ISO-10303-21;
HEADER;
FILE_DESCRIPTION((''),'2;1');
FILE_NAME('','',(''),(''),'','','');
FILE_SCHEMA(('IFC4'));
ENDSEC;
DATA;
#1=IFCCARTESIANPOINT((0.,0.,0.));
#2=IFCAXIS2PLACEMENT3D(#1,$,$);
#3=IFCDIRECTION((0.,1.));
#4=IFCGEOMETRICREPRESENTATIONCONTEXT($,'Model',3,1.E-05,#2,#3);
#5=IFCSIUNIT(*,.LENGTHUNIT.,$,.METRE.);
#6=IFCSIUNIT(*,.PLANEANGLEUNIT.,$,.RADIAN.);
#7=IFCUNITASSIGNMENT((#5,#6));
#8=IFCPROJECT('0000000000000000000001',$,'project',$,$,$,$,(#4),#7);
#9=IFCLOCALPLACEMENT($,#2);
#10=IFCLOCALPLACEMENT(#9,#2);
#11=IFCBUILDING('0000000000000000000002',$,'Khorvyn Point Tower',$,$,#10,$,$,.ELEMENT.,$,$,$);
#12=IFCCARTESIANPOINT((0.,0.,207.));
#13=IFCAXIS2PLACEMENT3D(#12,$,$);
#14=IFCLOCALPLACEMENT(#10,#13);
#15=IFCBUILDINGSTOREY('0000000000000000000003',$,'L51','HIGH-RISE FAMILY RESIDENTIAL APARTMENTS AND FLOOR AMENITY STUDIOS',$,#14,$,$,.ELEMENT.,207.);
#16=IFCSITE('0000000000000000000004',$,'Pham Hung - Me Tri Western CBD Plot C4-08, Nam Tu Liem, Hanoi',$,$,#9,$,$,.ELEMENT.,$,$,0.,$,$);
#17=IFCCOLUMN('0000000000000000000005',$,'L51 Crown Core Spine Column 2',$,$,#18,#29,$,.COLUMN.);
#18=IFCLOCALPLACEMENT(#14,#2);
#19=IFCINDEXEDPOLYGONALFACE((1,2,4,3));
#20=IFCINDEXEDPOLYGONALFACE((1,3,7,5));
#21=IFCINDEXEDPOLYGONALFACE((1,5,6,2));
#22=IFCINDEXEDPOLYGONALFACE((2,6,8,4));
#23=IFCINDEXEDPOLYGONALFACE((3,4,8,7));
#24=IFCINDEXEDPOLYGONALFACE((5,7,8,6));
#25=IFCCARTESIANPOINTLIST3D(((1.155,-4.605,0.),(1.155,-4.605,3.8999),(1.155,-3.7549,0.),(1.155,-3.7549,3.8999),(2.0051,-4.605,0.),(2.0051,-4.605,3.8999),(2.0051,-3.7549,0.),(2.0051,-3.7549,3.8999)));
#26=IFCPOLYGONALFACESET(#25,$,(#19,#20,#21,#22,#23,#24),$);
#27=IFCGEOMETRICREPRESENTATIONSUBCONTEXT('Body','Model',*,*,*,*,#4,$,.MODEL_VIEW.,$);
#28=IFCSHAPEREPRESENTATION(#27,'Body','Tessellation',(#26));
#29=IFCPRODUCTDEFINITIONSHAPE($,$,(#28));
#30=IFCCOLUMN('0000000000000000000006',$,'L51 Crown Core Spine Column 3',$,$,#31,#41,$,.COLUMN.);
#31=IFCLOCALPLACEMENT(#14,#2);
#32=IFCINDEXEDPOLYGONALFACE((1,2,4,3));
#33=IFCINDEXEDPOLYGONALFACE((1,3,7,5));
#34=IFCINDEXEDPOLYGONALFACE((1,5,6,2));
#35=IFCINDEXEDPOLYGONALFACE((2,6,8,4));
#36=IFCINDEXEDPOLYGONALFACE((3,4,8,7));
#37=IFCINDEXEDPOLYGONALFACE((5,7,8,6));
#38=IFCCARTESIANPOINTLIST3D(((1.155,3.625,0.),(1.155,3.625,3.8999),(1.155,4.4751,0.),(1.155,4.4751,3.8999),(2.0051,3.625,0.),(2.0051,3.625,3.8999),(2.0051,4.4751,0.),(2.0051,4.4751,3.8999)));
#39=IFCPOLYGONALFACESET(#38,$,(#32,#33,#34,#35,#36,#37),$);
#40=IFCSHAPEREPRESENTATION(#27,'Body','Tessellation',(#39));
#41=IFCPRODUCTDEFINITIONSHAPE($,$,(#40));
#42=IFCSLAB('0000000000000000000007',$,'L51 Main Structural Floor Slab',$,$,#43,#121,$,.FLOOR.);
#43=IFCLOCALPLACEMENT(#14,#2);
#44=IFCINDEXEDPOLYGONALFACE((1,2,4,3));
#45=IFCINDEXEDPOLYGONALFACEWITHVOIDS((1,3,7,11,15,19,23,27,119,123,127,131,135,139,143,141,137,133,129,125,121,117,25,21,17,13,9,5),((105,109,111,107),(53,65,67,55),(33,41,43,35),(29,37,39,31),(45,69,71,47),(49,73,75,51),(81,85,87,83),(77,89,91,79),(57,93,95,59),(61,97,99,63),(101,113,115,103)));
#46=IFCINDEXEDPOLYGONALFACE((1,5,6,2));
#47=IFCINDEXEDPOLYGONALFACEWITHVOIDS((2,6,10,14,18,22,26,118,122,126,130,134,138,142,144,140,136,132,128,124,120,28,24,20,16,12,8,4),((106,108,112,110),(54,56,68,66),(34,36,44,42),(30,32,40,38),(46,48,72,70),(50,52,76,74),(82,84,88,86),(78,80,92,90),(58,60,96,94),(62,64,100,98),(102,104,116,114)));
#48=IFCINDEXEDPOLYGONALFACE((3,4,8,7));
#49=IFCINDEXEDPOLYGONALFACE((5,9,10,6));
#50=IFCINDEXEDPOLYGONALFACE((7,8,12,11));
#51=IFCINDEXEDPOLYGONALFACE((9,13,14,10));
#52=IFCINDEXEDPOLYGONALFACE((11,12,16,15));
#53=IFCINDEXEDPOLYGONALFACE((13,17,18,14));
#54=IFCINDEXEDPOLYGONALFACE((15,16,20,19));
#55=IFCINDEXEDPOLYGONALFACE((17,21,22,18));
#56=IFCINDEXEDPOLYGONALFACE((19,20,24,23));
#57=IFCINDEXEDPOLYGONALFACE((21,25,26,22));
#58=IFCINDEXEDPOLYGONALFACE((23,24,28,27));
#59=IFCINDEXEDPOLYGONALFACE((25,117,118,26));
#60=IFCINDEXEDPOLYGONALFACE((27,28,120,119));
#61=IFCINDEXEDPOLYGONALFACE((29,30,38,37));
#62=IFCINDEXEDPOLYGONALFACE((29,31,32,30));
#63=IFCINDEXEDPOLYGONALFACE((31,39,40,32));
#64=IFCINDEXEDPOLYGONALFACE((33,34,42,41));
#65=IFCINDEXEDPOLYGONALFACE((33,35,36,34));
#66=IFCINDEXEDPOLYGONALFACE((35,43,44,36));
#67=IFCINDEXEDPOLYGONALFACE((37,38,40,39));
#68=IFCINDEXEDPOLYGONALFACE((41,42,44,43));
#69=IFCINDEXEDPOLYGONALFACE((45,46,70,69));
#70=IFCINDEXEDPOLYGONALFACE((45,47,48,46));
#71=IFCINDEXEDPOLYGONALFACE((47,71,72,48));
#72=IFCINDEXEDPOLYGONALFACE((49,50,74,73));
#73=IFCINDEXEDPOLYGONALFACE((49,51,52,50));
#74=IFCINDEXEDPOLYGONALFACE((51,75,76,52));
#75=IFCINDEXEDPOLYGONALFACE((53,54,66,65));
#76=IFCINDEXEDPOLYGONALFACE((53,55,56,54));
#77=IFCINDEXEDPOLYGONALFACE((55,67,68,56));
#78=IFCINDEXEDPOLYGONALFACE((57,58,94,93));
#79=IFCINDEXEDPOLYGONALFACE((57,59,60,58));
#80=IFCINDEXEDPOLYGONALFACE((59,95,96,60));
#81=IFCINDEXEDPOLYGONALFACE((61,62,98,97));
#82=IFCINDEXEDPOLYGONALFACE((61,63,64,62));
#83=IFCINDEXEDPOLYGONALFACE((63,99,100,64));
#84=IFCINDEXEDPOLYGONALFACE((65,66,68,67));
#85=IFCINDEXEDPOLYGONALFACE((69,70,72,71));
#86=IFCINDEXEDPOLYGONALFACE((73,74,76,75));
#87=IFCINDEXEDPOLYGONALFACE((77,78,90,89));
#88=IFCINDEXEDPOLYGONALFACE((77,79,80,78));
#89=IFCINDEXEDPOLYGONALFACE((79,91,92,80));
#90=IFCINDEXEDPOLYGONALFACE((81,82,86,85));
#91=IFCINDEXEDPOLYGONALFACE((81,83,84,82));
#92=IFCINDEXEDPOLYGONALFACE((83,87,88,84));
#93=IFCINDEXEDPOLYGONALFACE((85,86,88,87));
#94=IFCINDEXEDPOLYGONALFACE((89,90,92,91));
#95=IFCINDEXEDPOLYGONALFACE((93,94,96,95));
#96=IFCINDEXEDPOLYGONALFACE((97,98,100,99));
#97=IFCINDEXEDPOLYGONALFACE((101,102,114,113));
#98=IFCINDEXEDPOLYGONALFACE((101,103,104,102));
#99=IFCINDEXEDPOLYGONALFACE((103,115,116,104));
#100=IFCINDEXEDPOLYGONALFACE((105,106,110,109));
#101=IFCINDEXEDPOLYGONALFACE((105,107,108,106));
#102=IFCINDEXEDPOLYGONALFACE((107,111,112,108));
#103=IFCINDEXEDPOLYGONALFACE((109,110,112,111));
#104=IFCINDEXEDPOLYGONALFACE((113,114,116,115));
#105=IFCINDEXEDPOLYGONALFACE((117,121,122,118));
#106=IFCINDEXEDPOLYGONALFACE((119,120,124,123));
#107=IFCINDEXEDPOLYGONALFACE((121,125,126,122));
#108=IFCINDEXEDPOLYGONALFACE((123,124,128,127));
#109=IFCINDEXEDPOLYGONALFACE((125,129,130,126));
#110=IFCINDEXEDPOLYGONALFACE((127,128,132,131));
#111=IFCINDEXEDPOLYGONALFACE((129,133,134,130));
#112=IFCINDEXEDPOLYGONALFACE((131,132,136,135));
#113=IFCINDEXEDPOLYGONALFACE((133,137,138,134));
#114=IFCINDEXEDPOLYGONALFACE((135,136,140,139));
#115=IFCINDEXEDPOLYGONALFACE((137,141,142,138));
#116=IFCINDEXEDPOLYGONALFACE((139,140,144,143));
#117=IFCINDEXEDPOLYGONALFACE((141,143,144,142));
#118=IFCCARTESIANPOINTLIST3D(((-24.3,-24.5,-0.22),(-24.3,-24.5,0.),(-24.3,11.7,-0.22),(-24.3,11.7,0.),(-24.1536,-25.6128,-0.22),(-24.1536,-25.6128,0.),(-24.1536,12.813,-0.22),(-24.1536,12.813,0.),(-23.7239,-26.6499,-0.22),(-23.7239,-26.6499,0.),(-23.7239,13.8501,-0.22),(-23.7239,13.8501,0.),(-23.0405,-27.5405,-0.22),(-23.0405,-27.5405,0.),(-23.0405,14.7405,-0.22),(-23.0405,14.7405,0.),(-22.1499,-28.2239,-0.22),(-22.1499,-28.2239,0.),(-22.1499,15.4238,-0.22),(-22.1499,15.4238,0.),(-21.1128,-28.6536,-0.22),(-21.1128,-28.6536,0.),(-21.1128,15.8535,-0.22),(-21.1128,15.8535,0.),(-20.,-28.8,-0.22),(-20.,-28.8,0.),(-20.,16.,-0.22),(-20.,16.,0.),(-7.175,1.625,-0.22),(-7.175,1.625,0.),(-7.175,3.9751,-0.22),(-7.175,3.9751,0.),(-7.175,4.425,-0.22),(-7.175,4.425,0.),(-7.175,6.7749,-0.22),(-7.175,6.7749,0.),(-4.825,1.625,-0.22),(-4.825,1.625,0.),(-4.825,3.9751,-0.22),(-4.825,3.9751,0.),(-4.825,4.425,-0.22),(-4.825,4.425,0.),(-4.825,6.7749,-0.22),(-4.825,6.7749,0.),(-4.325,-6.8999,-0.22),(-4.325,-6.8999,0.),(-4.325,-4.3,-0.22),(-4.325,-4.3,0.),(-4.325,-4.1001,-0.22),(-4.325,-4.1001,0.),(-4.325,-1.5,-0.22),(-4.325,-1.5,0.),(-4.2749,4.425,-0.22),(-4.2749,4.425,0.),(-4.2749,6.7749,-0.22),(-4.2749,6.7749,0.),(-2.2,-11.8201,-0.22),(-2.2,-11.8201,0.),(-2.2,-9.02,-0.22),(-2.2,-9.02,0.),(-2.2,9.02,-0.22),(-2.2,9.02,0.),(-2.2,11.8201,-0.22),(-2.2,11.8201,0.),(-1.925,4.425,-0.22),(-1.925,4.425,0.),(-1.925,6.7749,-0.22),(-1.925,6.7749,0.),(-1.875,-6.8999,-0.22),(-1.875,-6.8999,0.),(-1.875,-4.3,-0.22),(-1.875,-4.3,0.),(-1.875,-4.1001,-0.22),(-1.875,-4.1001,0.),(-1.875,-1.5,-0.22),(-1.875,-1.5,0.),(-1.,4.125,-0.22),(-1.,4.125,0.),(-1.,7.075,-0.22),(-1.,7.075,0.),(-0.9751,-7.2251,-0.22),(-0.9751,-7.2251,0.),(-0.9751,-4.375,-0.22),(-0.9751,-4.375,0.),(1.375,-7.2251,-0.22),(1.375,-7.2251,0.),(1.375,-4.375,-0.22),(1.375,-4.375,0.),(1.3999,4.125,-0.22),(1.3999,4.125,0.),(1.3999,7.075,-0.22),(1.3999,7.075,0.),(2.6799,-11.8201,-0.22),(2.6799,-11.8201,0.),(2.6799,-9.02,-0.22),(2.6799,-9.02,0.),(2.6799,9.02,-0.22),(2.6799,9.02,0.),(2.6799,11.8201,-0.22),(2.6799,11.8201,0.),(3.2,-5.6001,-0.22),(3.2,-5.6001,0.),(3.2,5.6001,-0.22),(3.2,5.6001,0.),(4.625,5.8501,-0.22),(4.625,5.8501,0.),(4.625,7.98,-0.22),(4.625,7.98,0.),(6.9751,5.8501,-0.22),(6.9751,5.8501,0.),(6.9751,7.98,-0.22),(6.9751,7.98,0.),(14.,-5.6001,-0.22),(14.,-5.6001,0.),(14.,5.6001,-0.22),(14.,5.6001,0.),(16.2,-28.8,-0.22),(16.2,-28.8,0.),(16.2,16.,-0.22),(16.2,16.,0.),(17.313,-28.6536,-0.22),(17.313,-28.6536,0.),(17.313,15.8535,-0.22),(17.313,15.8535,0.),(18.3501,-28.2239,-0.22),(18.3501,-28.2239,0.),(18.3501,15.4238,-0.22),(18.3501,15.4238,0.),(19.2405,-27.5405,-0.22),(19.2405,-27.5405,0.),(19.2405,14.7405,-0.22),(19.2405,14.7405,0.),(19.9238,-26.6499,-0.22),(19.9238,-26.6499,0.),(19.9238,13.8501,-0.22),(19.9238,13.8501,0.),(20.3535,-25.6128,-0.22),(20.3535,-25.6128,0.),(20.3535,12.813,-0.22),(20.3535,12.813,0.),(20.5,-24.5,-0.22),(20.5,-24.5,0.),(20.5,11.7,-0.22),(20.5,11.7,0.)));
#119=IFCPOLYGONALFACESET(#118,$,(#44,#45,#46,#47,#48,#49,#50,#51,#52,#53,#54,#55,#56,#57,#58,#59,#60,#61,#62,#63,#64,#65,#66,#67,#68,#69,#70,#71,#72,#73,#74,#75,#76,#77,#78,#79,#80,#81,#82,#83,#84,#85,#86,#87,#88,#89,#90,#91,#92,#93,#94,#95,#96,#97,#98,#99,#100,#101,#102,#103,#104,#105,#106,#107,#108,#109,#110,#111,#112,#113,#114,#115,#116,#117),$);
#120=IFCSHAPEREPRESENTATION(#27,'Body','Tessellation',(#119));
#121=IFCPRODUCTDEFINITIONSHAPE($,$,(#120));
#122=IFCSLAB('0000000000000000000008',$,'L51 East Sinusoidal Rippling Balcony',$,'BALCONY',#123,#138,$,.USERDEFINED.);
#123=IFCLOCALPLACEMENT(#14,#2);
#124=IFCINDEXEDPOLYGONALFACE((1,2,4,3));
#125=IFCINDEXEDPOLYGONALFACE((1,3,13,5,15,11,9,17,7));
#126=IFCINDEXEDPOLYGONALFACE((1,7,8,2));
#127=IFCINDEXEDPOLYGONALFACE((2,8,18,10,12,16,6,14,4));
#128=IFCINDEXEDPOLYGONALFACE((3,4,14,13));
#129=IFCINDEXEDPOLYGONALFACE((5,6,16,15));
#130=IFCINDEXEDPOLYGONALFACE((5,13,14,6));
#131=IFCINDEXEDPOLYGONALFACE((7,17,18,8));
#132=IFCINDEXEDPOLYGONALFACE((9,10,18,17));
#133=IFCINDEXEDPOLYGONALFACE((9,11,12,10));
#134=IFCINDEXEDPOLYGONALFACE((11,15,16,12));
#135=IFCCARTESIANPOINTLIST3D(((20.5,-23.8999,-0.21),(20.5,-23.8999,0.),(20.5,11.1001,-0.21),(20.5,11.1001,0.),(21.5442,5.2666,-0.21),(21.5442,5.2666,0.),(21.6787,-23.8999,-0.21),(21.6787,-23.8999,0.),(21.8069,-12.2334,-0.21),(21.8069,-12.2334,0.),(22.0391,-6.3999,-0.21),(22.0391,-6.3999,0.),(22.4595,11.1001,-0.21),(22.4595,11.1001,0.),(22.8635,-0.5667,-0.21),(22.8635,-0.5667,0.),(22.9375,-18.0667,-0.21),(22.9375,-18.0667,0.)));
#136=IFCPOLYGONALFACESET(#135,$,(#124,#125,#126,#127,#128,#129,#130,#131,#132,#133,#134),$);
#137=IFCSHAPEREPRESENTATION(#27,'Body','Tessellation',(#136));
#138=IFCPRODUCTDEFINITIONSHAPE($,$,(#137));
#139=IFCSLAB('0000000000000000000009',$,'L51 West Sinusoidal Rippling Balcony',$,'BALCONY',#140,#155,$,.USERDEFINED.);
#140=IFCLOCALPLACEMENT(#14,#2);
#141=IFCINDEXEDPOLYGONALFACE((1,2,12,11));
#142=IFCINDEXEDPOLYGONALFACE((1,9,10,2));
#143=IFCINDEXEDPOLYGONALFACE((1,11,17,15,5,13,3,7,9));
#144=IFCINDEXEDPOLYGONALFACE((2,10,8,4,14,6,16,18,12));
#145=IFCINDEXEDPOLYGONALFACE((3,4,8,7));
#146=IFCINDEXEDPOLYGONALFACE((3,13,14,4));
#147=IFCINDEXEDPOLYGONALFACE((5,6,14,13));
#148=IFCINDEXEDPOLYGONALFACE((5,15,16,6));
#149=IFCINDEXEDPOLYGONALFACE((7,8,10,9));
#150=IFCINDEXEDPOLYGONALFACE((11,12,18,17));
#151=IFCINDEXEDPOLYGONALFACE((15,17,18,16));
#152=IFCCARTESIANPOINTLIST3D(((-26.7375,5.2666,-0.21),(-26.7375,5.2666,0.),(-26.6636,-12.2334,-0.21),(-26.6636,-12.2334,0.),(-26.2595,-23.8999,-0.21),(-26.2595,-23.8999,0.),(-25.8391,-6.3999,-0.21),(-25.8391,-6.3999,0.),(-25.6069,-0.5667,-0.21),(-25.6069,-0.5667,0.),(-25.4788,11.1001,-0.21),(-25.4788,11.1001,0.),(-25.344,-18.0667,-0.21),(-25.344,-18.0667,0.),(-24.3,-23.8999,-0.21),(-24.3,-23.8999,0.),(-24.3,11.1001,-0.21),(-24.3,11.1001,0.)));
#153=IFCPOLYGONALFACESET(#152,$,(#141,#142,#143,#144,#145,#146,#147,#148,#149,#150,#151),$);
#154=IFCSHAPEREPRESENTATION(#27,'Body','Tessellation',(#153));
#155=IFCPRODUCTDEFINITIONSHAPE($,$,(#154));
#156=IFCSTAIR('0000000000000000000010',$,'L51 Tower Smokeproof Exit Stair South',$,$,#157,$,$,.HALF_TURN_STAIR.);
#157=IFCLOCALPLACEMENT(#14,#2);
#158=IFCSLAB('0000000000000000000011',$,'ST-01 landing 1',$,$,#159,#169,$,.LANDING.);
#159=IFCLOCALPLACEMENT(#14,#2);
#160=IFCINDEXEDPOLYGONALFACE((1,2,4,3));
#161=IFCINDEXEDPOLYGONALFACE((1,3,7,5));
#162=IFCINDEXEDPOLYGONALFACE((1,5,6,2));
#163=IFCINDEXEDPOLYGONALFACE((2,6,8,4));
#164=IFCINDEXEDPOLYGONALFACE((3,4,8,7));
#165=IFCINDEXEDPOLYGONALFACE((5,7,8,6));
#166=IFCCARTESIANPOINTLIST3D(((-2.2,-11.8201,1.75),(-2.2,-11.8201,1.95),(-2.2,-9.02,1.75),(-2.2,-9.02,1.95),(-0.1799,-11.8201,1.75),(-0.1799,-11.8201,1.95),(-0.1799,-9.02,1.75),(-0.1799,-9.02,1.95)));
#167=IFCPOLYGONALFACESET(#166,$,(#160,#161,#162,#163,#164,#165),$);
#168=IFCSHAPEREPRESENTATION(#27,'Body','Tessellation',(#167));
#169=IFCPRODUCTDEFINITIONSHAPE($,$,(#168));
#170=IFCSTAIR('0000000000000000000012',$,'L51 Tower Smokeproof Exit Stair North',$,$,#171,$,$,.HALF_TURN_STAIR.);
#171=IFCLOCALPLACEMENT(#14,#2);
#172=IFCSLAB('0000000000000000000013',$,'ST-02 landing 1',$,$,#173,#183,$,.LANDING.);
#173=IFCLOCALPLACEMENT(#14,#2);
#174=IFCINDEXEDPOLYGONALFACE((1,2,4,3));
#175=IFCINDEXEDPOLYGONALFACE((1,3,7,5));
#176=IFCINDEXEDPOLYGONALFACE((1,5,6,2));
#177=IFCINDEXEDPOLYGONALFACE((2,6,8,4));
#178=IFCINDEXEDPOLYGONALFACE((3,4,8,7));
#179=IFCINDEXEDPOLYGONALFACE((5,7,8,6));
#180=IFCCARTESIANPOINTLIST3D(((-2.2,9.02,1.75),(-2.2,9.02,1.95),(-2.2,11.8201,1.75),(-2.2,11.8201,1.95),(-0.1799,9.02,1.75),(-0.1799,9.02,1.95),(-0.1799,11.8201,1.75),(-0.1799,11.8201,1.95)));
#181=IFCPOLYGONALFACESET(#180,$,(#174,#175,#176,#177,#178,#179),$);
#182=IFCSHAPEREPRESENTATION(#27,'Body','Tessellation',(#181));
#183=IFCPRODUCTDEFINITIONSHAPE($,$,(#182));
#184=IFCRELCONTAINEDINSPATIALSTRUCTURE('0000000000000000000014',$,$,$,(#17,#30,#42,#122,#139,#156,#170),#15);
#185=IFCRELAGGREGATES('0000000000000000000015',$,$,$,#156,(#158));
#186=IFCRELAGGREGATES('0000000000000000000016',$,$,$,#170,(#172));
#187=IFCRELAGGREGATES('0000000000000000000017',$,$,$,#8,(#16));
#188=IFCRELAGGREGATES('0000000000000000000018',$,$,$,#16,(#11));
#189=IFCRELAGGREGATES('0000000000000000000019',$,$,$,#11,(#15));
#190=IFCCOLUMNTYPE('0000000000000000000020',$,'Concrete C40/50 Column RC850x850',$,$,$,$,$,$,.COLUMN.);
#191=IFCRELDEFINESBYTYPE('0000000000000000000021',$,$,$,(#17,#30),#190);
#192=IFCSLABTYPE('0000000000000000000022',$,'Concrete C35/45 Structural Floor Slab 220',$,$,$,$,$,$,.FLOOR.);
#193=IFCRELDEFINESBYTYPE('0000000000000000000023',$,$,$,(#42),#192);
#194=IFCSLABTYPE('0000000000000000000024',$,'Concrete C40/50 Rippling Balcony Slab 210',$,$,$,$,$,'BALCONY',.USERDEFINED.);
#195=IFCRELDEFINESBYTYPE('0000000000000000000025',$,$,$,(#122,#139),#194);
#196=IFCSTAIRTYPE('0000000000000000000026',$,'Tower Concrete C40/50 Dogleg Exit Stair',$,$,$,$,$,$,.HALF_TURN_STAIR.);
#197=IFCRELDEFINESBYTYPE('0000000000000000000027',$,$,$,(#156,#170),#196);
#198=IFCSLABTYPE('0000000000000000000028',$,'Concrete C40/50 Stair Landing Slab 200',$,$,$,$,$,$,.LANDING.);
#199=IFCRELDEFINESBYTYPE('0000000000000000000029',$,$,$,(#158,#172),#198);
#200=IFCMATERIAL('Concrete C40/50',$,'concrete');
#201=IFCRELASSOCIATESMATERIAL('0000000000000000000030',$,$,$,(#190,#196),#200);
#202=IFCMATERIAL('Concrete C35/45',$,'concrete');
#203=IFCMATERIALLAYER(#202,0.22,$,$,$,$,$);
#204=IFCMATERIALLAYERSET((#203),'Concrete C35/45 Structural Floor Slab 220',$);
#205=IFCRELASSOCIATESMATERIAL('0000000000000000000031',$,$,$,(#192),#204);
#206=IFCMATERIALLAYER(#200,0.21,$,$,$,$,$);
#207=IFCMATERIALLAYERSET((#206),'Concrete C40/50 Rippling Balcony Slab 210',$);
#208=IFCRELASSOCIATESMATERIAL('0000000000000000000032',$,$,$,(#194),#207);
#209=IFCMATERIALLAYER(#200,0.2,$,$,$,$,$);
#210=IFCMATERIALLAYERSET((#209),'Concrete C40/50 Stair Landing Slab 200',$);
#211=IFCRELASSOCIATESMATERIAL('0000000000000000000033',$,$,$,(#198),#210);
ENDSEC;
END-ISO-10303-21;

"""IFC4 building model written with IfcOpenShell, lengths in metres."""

from ifc_helpers import new_model, si_unit, direction, frame, origin, origin_2d, place, context, subcontext, project, spatial, polyline, rectangle, outline, extrude, material, layer, layer_set, material_profile, profile_set, type_object, element, aggregate, save


model = new_model("IFC4")

# Units and contexts
model_context = context("Model", 3, precision=1e-05, world=origin(), true_north=direction((0.0, 1.0)))
body_context = subcontext(model_context, "Body", "Model", "MODEL_VIEW")
ifc_project = project(units=[si_unit("LENGTHUNIT", "METRE"), si_unit("PLANEANGLEUNIT", "RADIAN")], contexts=[model_context])

# Site, building, storey
site_placement = place(None, origin())
site = spatial("IfcSite", under=ifc_project, at=site_placement, Name="Pham Hung - Me Tri Western CBD Plot C4-08, Nam Tu Liem, Hanoi", CompositionType="ELEMENT", RefElevation=0.0)
building_placement = place(site_placement, origin())
building = spatial("IfcBuilding", under=site, at=building_placement, Name="Khorvyn Point Tower", CompositionType="ELEMENT")
storey_placement = place(building_placement, frame((0.0, 0.0, 207.0)))
storey = spatial("IfcBuildingStorey", under=building, at=storey_placement, Name="L51", Description="HIGH-RISE FAMILY RESIDENTIAL APARTMENTS AND FLOOR AMENITY STUDIOS", CompositionType="ELEMENT", Elevation=207.0)

# Columns
ifc_material_1 = material(Name="Concrete C40/50", Category="concrete")
ifc_material_profile = material_profile(ifc_material_1, rectangle(XDim=0.8501, YDim=0.8501, at=origin_2d()))
ifc_profile_set = profile_set([ifc_material_profile], Name="Concrete C40/50 RC850x850")
column_type = type_object("IfcColumnType", Name="Concrete C40/50 Column RC850x850", PredefinedType="COLUMN", material=ifc_profile_set)
for number, where, z_axis, x_axis, name in (
    (1, (1.5801, -4.1799, 0.0), (0.0, 0.0, 1.0), (1.0, 0.0, 0.0), "L51 Crown Core Spine Column 2"),
    (2, (1.5801, 4.05, 0.0), (0.0, 0.0, 1.0), (1.0, 0.0, 0.0), "L51 Crown Core Spine Column 3"),
):
    element("IfcColumn", number, at=place(storey_placement, frame(where, z_axis=z_axis, x_axis=x_axis)), inside=storey, type_object=column_type, Name=name, PredefinedType="COLUMN", context=body_context, shape_type="SweptSolid", body=[
        extrude(rectangle(XDim=0.8501, YDim=0.8501, at=origin_2d()), origin(), (0.0, 0.0, 1.0), 3.8999),
    ])

# Slabs
ifc_material_2 = material(Name="Concrete C35/45", Category="concrete")
ifc_layer_1 = layer(ifc_material_2, 0.22)
ifc_layer_set_1 = layer_set([ifc_layer_1], Name="Concrete C35/45 Structural Floor Slab 220")
slab_type_1 = type_object("IfcSlabType", Name="Concrete C35/45 Structural Floor Slab 220", PredefinedType="FLOOR", material=ifc_layer_set_1)
slab_1_placement = place(storey_placement, frame((0.0, 0.0, -0.22)))
element("IfcSlab", 3, at=slab_1_placement, inside=storey, type_object=slab_type_1, Name="L51 Main Structural Floor Slab", PredefinedType="FLOOR", context=body_context, shape_type="SweptSolid", body=[
    extrude(outline(polyline([(-20.0, -28.8), (-21.1128, -28.6536), (-22.1499, -28.2239), (-23.0405, -27.5405), (-23.7239, -26.6499), (-24.1536, -25.6128), (-24.3, -24.5), (-24.3, 11.7), (-24.1536, 12.813), (-23.7239, 13.8501), (-23.0405, 14.7405), (-22.1499, 15.4238), (-21.1128, 15.8535), (-20.0, 16.0), (16.2, 16.0), (17.313, 15.8535), (18.3501, 15.4238), (19.2405, 14.7405), (19.9238, 13.8501), (20.3535, 12.813), (20.5, 11.7), (20.5, -24.5), (20.3535, -25.6128), (19.9238, -26.6499), (19.2405, -27.5405), (18.3501, -28.2239), (17.313, -28.6536), (16.2, -28.8), (-20.0, -28.8)]), holes=[polyline([(-1.875, -6.8999), (-1.875, -4.3), (-4.325, -4.3), (-4.325, -6.8999), (-1.875, -6.8999)]), polyline([(-1.875, -4.1001), (-1.875, -1.5), (-4.325, -1.5), (-4.325, -4.1001), (-1.875, -4.1001)]), polyline([(-4.825, 1.625), (-4.825, 3.9751), (-7.175, 3.9751), (-7.175, 1.625), (-4.825, 1.625)]), polyline([(-7.175, 4.425), (-4.825, 4.425), (-4.825, 6.7749), (-7.175, 6.7749), (-7.175, 4.425)]), polyline([(-4.2749, 4.425), (-1.925, 4.425), (-1.925, 6.7749), (-4.2749, 6.7749), (-4.2749, 4.425)]), polyline([(1.3999, 4.125), (1.3999, 7.075), (-1.0, 7.075), (-1.0, 4.125), (1.3999, 4.125)]), polyline([(-2.2, -11.8201), (2.6799, -11.8201), (2.6799, -9.02), (-2.2, -9.02), (-2.2, -11.8201)]), polyline([(-0.9751, -7.2251), (1.375, -7.2251), (1.375, -4.375), (-0.9751, -4.375), (-0.9751, -7.2251)]), polyline([(14.0, -5.6001), (14.0, 5.6001), (3.2, 5.6001), (3.2, -5.6001), (14.0, -5.6001)]), polyline([(4.625, 5.8501), (6.9751, 5.8501), (6.9751, 7.98), (4.625, 7.98), (4.625, 5.8501)]), polyline([(-2.2, 9.02), (2.6799, 9.02), (2.6799, 11.8201), (-2.2, 11.8201), (-2.2, 9.02)])]), origin(), (0.0, 0.0, 1.0), 0.22),
])
ifc_layer_2 = layer(ifc_material_1, 0.21)
ifc_layer_set_2 = layer_set([ifc_layer_2], Name="Concrete C40/50 Rippling Balcony Slab 210")
slab_type_2 = type_object("IfcSlabType", Name="Concrete C40/50 Rippling Balcony Slab 210", ElementType="BALCONY", PredefinedType="USERDEFINED", material=ifc_layer_set_2)
slab_2_placement = place(storey_placement, frame((0.0, 0.0, -0.21)))
element("IfcSlab", 4, at=slab_2_placement, inside=storey, type_object=slab_type_2, Name="L51 East Sinusoidal Rippling Balcony", ObjectType="BALCONY", PredefinedType="USERDEFINED", context=body_context, shape_type="SweptSolid", body=[
    extrude(outline(polyline([(20.5, -23.8999), (21.6787, -23.8999), (22.9375, -18.0667), (21.8069, -12.2334), (22.0391, -6.3999), (22.8635, -0.5667), (21.5442, 5.2666), (22.4595, 11.1001), (20.5, 11.1001), (20.5, -23.8999)])), origin(), (0.0, 0.0, 1.0), 0.21),
])
slab_3_placement = place(storey_placement, frame((0.0, 0.0, -0.21)))
element("IfcSlab", 5, at=slab_3_placement, inside=storey, type_object=slab_type_2, Name="L51 West Sinusoidal Rippling Balcony", ObjectType="BALCONY", PredefinedType="USERDEFINED", context=body_context, shape_type="SweptSolid", body=[
    extrude(outline(polyline([(-24.3, 11.1001), (-25.4788, 11.1001), (-26.7375, 5.2666), (-25.6069, -0.5667), (-25.8391, -6.3999), (-26.6636, -12.2334), (-25.344, -18.0667), (-26.2595, -23.8999), (-24.3, -23.8999), (-24.3, 11.1001)])), origin(), (0.0, 0.0, 1.0), 0.21),
])

# Stairs, slabs
stair_type = type_object("IfcStairType", Name="Tower Concrete C40/50 Dogleg Exit Stair", PredefinedType="HALF_TURN_STAIR", material=ifc_material_1)
stair_1_placement = place(storey_placement, origin())
stair_1 = element("IfcStair", 6, at=stair_1_placement, inside=storey, type_object=stair_type, Name="L51 Tower Smokeproof Exit Stair South", PredefinedType="HALF_TURN_STAIR")
ifc_layer_3 = layer(ifc_material_1, 0.2)
ifc_layer_set_3 = layer_set([ifc_layer_3], Name="Concrete C40/50 Stair Landing Slab 200")
slab_type_3 = type_object("IfcSlabType", Name="Concrete C40/50 Stair Landing Slab 200", PredefinedType="LANDING", material=ifc_layer_set_3)
slab_4_placement = place(storey_placement, frame((0.0, 0.0, 1.75)))
slab_4 = element("IfcSlab", 7, at=slab_4_placement, type_object=slab_type_3, Name="ST-01 landing 1", PredefinedType="LANDING", context=body_context, shape_type="SweptSolid", body=[
    extrude(outline(polyline([(-0.1799, -9.02), (-2.2, -9.02), (-2.2, -11.8201), (-0.1799, -11.8201), (-0.1799, -9.02)])), origin(), (0.0, 0.0, 1.0), 0.2),
])
aggregate(stair_1, [slab_4])
stair_2_placement = place(storey_placement, origin())
stair_2 = element("IfcStair", 8, at=stair_2_placement, inside=storey, type_object=stair_type, Name="L51 Tower Smokeproof Exit Stair North", PredefinedType="HALF_TURN_STAIR")
slab_5_placement = place(storey_placement, frame((0.0, 0.0, 1.75)))
slab_5 = element("IfcSlab", 9, at=slab_5_placement, type_object=slab_type_3, Name="ST-02 landing 1", PredefinedType="LANDING", context=body_context, shape_type="SweptSolid", body=[
    extrude(outline(polyline([(-0.1799, 11.8201), (-2.2, 11.8201), (-2.2, 9.02), (-0.1799, 9.02), (-0.1799, 11.8201)])), origin(), (0.0, 0.0, 1.0), 0.2),
])
aggregate(stair_2, [slab_5])

save(model, "model.ifc")
